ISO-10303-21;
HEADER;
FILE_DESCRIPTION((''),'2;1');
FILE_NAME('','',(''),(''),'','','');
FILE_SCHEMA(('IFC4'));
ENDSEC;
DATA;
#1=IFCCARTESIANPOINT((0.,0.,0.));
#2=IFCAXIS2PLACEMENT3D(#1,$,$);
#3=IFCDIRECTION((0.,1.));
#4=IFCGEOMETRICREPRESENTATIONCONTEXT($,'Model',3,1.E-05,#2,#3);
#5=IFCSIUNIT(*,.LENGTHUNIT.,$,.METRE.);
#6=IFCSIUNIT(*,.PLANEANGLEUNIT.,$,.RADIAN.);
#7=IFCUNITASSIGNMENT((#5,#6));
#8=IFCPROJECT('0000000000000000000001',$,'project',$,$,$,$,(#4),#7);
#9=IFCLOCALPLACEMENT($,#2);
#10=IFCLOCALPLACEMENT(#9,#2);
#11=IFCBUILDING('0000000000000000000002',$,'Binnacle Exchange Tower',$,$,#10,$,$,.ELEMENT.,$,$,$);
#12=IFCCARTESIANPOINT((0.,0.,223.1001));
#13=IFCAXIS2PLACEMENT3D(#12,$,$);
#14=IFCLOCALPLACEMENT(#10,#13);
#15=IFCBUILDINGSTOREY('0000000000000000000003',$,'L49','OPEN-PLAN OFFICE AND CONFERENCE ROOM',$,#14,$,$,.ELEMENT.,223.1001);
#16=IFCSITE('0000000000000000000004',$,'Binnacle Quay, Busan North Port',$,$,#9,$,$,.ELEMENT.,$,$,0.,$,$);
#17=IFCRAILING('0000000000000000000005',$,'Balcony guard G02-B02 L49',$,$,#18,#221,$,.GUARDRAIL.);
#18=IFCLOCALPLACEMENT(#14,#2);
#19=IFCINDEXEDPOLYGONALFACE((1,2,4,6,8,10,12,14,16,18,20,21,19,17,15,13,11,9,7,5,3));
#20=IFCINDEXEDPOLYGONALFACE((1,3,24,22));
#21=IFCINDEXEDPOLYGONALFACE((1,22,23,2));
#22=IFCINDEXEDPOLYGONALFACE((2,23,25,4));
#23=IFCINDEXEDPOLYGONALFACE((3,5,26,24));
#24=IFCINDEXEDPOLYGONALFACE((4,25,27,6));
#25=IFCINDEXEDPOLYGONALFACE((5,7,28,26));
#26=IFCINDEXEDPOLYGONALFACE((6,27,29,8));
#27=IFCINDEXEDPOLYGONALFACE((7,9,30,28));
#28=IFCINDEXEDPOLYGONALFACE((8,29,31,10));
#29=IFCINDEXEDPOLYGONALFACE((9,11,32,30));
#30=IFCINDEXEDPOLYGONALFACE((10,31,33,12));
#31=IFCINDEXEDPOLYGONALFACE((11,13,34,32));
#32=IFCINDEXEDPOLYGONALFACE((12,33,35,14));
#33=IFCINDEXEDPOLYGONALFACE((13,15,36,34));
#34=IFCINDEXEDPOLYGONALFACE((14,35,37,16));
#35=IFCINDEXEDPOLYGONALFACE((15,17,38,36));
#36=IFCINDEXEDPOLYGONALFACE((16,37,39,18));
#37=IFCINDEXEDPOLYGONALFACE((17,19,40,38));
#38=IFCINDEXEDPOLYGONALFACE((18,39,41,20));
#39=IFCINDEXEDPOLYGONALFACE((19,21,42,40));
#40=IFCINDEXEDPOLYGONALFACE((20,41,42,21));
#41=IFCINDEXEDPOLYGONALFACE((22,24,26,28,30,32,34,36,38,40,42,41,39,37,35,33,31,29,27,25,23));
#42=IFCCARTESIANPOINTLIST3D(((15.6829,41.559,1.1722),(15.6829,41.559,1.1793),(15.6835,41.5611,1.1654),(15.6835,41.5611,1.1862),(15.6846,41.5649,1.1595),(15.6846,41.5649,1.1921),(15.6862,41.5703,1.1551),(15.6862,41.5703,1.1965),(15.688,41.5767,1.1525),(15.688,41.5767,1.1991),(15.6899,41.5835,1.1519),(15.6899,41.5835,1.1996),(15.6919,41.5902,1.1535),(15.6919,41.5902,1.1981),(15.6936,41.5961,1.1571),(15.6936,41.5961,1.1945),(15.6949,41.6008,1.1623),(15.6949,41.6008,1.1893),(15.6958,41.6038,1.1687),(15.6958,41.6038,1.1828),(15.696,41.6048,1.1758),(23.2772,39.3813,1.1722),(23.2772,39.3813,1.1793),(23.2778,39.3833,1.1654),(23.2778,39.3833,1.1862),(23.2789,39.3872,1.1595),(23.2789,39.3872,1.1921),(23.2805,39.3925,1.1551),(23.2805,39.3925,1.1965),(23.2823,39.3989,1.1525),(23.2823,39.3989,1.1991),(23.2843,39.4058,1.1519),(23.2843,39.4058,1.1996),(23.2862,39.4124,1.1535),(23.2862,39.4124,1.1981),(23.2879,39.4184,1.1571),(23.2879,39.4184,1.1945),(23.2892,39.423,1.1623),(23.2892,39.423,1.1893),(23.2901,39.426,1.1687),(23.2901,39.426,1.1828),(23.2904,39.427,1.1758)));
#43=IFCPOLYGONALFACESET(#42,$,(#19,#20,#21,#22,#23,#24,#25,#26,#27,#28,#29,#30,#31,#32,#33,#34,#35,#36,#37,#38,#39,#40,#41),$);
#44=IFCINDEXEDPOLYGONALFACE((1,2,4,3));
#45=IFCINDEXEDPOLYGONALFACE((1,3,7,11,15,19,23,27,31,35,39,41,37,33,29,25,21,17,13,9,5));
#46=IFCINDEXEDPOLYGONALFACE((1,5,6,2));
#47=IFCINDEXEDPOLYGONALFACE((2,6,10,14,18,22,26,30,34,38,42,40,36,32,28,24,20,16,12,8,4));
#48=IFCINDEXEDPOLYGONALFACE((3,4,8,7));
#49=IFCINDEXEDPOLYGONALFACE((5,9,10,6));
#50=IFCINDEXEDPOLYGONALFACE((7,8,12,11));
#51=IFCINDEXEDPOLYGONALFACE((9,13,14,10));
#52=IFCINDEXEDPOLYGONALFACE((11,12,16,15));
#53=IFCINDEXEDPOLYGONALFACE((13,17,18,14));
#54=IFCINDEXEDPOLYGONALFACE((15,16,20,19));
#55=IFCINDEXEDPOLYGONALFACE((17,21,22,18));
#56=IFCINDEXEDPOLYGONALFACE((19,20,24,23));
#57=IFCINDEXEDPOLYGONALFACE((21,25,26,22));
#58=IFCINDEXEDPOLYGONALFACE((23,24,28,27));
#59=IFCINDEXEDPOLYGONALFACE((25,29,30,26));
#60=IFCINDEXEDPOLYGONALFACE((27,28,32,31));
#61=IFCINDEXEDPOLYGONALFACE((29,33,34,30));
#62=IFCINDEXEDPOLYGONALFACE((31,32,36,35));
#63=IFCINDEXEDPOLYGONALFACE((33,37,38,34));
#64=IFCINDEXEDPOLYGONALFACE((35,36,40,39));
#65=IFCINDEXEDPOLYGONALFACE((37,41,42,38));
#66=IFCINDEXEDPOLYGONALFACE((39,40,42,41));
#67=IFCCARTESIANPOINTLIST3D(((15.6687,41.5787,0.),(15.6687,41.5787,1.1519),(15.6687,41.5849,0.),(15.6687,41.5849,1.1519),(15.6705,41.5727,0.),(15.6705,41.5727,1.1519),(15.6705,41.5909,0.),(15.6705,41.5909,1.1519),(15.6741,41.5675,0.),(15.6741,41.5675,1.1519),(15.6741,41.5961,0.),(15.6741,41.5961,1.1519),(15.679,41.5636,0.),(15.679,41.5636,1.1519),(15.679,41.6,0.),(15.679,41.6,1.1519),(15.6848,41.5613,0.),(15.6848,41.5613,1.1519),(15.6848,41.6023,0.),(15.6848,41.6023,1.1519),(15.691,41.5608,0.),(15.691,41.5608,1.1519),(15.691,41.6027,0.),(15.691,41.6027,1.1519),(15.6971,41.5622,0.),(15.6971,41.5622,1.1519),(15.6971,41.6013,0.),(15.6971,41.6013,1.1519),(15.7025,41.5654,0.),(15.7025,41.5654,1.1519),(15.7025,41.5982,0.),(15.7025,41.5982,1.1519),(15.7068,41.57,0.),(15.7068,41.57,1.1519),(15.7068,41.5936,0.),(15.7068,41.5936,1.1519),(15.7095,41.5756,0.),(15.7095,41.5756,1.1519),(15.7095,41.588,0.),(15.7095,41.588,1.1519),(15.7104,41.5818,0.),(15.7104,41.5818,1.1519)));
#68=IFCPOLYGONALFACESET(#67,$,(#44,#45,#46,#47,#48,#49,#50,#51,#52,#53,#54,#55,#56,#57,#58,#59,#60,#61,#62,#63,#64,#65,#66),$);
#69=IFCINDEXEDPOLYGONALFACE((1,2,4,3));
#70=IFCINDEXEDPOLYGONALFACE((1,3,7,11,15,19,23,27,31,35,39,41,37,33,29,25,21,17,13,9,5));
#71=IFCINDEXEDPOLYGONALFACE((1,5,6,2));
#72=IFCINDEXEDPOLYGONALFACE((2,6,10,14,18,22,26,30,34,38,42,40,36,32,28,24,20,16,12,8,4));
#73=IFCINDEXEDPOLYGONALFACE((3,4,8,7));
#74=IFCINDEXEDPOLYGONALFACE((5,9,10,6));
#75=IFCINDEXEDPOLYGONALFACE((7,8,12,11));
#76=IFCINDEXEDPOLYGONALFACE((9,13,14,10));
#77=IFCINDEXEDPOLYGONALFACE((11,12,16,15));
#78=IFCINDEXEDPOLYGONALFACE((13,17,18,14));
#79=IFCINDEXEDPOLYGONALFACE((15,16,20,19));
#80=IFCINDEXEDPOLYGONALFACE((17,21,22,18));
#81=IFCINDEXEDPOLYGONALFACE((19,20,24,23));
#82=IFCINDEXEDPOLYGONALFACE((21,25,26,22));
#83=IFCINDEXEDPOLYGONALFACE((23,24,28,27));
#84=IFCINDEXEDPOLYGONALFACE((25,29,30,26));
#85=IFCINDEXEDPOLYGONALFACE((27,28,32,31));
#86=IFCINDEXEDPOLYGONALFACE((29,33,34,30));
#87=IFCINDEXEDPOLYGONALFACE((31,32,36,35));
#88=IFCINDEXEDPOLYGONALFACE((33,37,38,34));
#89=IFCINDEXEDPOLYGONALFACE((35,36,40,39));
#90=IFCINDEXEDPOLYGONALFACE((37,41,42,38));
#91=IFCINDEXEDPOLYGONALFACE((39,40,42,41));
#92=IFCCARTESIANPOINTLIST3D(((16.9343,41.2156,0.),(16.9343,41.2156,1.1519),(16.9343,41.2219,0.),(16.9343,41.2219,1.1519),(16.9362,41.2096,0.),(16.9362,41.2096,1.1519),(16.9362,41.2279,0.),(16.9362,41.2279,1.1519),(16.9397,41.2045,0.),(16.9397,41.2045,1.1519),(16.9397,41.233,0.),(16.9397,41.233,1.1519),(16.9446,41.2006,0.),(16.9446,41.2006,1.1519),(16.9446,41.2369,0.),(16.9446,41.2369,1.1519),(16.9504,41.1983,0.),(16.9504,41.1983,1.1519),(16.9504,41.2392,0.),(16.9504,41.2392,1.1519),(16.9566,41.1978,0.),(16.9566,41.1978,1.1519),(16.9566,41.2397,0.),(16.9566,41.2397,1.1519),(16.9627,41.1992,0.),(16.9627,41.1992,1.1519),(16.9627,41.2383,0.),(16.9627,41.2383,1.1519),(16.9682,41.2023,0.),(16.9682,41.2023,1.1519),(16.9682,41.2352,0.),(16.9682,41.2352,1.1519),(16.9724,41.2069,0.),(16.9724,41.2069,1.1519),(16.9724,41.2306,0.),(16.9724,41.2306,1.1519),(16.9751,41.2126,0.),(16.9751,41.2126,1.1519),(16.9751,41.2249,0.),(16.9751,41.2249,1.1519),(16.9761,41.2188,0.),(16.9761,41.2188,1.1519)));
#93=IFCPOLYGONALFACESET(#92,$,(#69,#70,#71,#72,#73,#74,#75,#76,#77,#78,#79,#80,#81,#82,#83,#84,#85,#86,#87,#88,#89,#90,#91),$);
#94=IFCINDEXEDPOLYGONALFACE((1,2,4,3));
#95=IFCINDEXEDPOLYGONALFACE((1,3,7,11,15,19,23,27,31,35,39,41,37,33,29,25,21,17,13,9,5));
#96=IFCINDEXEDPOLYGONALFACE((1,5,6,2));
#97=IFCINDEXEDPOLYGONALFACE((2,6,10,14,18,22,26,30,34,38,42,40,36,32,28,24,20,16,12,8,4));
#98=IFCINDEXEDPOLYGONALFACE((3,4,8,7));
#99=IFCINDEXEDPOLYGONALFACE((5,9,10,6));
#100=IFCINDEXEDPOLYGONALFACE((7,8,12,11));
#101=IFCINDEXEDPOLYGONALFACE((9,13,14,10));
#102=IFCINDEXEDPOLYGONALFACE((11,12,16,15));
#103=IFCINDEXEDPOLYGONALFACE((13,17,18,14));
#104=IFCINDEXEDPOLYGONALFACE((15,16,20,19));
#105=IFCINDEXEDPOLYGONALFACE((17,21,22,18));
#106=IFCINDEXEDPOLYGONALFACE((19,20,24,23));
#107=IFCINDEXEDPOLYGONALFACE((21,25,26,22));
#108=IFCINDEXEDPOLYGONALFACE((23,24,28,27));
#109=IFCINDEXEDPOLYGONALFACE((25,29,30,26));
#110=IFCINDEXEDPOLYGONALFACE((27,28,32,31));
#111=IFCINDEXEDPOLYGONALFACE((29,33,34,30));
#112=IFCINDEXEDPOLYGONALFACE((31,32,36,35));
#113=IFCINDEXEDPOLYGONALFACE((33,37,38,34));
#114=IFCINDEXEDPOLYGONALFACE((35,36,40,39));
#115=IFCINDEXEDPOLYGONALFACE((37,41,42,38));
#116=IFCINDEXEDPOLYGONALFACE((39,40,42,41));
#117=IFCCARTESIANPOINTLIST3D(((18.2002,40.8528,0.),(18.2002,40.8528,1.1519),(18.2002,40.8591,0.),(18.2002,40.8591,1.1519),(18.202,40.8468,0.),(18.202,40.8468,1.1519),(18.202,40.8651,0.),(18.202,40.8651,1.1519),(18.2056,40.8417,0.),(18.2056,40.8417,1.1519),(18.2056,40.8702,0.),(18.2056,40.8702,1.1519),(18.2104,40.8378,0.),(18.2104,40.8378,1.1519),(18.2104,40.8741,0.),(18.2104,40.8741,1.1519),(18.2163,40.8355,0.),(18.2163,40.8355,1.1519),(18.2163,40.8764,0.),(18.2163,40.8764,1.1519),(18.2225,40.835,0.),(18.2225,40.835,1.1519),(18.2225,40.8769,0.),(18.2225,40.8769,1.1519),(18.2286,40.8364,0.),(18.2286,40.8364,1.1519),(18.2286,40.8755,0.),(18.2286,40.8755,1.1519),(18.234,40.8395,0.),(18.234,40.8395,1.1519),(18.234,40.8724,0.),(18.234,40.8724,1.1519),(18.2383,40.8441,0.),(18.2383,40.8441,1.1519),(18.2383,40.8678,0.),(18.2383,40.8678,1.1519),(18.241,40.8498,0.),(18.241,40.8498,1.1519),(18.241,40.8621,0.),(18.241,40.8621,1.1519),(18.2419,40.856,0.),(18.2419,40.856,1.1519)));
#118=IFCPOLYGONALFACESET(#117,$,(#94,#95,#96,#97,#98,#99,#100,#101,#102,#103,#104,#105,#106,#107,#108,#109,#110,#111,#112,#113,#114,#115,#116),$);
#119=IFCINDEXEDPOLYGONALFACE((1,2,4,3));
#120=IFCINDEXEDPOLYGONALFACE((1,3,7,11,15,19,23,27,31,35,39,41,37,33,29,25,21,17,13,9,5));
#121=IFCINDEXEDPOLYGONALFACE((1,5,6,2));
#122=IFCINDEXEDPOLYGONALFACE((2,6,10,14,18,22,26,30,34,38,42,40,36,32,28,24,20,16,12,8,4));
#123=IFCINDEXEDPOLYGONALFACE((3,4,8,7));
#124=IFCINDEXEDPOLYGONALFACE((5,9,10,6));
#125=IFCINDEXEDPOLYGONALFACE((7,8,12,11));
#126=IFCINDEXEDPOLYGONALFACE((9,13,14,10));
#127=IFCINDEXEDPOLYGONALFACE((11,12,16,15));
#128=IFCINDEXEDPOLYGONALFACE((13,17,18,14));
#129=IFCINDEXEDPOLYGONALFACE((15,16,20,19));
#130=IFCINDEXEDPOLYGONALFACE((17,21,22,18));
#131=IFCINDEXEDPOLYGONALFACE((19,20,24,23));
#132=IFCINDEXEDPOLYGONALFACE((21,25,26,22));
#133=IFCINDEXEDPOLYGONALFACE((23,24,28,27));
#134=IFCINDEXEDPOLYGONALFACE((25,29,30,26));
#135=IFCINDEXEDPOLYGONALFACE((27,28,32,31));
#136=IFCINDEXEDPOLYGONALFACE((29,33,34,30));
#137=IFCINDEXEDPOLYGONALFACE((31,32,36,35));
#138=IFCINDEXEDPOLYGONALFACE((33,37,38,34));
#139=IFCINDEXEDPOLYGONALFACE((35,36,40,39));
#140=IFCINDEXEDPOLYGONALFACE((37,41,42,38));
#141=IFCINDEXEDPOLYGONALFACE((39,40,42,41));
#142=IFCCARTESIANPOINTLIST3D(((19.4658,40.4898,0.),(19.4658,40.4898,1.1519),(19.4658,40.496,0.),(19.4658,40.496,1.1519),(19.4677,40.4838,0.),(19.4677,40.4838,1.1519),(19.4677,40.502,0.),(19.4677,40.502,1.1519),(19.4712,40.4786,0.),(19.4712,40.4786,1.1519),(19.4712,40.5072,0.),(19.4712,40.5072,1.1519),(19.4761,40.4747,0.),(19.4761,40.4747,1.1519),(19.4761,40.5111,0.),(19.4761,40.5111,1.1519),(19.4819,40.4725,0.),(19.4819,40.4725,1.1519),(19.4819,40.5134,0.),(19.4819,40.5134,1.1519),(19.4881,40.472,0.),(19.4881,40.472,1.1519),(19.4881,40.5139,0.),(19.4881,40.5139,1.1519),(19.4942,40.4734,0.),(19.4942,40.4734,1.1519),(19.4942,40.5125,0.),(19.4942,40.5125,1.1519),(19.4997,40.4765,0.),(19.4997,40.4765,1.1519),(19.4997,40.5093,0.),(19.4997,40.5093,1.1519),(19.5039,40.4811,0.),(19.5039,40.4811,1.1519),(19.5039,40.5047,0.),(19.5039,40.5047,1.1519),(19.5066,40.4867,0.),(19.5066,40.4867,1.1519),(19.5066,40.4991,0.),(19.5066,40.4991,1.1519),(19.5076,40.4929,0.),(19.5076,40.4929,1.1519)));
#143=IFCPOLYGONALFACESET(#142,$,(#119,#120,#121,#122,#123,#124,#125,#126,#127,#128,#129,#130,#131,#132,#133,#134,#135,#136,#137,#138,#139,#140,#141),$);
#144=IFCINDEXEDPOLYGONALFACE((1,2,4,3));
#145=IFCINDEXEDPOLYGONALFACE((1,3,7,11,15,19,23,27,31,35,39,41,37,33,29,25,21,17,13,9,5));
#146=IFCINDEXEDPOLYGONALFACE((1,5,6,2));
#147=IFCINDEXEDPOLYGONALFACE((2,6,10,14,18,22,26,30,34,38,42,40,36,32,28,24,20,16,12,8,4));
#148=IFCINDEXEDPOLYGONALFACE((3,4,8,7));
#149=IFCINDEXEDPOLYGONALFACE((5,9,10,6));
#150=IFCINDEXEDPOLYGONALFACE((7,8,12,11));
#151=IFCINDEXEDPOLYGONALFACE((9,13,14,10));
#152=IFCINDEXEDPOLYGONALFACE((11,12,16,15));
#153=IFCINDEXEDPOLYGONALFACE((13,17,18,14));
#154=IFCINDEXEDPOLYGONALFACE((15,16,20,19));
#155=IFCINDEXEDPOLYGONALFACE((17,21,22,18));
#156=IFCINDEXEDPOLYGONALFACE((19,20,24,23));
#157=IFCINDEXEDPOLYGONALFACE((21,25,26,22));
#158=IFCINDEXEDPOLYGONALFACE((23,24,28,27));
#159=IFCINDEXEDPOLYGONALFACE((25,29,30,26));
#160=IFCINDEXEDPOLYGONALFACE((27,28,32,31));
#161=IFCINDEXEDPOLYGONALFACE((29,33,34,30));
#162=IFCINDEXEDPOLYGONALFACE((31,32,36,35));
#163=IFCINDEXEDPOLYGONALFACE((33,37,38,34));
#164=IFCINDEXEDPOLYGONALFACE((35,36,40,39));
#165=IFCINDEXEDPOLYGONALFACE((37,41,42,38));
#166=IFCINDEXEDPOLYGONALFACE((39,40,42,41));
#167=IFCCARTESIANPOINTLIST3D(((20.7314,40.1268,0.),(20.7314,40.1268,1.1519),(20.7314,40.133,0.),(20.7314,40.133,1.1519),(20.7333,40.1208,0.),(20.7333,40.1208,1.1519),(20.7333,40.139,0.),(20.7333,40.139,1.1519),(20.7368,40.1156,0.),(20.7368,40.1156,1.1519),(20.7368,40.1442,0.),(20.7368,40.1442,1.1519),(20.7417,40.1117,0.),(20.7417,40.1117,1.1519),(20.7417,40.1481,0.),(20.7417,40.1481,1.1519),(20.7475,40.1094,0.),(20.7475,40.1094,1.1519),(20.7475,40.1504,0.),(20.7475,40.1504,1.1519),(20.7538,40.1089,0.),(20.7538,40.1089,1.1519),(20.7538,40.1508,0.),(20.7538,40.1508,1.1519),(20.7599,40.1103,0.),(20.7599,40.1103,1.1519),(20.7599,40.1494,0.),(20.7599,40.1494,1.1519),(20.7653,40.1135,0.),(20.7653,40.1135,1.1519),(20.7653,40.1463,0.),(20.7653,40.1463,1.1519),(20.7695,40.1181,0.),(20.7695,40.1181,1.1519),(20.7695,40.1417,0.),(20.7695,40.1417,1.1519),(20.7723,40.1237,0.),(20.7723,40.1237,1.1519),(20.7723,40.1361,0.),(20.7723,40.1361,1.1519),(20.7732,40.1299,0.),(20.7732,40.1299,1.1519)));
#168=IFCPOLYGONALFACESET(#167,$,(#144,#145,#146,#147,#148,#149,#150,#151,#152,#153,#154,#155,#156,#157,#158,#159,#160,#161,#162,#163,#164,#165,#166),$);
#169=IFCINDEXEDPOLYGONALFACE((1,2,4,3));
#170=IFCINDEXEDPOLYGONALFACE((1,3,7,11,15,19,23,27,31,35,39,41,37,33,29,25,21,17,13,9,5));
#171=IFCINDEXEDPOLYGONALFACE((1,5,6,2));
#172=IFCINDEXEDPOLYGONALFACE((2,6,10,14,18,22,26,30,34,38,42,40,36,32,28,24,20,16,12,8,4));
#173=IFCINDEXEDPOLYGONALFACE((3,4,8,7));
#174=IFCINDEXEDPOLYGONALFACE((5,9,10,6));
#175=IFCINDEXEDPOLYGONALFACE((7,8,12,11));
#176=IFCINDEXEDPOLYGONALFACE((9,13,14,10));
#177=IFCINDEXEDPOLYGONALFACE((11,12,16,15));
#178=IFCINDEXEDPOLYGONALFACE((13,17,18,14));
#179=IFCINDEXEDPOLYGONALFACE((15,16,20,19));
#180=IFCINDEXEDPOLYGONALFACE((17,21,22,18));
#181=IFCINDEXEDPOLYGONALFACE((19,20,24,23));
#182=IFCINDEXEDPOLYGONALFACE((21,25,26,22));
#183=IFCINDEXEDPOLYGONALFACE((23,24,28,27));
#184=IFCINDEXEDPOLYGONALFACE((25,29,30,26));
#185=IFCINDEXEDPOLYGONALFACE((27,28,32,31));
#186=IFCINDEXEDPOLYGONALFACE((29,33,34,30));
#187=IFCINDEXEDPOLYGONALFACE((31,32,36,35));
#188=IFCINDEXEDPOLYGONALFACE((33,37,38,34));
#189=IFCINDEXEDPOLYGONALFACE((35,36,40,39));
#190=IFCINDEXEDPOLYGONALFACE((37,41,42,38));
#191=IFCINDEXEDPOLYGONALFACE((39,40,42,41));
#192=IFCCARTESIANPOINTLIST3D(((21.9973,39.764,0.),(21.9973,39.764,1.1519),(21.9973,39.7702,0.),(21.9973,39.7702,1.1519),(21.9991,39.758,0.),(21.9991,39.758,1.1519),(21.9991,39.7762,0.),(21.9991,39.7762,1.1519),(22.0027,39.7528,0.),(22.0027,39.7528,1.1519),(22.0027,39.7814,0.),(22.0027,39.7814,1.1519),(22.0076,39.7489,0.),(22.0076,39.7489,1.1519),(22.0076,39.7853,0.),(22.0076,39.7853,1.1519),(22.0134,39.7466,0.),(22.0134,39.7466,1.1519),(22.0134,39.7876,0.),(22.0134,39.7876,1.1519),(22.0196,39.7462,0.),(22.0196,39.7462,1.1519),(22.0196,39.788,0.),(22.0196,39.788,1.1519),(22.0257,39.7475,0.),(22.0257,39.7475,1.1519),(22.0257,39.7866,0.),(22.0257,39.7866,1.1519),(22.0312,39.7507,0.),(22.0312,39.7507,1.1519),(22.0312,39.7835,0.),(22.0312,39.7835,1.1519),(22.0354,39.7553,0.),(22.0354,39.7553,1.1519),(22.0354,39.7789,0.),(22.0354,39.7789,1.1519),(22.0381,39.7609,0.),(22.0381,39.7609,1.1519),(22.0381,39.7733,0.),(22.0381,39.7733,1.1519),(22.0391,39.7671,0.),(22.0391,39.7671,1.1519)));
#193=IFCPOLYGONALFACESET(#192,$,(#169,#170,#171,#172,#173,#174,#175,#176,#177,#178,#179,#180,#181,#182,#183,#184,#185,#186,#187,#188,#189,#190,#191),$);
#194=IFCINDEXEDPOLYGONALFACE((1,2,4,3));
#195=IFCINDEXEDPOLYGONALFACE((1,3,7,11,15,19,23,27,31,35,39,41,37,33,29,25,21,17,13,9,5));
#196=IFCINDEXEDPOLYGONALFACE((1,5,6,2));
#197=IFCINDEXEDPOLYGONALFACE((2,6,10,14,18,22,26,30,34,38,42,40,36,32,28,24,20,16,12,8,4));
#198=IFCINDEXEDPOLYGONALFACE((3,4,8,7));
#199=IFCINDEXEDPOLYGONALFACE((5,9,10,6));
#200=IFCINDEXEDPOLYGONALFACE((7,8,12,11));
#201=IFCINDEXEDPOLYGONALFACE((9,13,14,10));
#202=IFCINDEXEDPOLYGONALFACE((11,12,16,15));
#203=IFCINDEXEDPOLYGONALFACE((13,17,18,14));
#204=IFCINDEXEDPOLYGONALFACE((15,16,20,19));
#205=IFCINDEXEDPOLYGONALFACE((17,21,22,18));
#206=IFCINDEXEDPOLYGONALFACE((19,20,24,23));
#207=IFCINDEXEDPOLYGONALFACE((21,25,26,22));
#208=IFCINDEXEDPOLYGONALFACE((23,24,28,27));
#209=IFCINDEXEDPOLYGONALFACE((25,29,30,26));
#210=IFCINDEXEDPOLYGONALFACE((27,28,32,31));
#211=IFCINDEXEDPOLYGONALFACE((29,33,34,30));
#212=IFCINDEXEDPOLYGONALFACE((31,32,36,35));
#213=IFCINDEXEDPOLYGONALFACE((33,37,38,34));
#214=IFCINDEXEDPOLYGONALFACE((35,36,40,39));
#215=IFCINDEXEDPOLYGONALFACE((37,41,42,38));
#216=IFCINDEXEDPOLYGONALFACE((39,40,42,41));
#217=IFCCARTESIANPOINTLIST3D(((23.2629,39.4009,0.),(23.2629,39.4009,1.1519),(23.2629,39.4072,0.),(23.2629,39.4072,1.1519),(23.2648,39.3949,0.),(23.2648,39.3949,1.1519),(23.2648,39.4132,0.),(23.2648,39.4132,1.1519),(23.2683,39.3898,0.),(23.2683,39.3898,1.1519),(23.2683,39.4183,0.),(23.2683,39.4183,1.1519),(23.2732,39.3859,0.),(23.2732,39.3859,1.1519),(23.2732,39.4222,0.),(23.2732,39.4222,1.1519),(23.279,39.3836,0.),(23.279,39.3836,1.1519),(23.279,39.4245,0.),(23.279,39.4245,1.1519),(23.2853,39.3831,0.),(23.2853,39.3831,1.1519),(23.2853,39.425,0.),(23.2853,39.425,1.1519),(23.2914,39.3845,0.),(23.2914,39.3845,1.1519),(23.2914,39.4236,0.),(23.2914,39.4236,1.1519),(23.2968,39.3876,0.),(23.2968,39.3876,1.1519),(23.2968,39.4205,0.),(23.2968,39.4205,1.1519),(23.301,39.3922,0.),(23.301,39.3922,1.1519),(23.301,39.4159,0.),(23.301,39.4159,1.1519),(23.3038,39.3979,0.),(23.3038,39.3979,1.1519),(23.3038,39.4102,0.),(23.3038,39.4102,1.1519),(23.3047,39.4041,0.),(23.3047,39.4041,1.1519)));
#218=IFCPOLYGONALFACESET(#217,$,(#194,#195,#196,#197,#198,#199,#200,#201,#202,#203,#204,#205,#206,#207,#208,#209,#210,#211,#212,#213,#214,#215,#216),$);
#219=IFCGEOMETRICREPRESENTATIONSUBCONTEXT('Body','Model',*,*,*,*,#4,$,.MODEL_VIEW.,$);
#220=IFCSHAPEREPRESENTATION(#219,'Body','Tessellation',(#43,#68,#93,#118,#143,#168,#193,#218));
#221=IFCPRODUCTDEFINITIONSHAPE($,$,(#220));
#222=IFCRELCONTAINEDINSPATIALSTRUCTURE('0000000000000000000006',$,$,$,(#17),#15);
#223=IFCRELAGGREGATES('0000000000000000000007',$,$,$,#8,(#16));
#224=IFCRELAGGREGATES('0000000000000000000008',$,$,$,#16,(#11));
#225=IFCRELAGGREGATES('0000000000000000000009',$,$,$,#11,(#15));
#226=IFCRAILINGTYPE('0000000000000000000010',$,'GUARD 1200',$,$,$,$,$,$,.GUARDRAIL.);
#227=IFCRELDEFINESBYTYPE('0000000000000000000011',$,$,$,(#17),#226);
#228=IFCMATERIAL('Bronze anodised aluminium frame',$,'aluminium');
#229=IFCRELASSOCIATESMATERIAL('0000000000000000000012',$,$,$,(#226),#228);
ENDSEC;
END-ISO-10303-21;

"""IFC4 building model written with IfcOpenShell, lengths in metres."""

from ifc_helpers import new_model, si_unit, direction, frame, origin, origin_2d, place, context, subcontext, project, spatial, circle, extrude, material, type_object, element, save


model = new_model("IFC4")

# Units and contexts
model_context = context("Model", 3, precision=1e-05, world=origin(), true_north=direction((0.0, 1.0)))
body_context = subcontext(model_context, "Body", "Model", "MODEL_VIEW")
ifc_project = project(units=[si_unit("LENGTHUNIT", "METRE"), si_unit("PLANEANGLEUNIT", "RADIAN")], contexts=[model_context])

# Site, building, storey
site_placement = place(None, origin())
site = spatial("IfcSite", under=ifc_project, at=site_placement, Name="Binnacle Quay, Busan North Port", CompositionType="ELEMENT", RefElevation=0.0)
building_placement = place(site_placement, origin())
building = spatial("IfcBuilding", under=site, at=building_placement, Name="Binnacle Exchange Tower", CompositionType="ELEMENT")
storey_placement = place(building_placement, frame((0.0, 0.0, 223.1001)))
storey = spatial("IfcBuildingStorey", under=building, at=storey_placement, Name="L49", Description="OPEN-PLAN OFFICE AND CONFERENCE ROOM", CompositionType="ELEMENT", Elevation=223.1001)

# Shared definitions
ifc_material_1 = material(Name="Bronze anodised aluminium frame", Category="aluminium")

# Railing
railing_type = type_object("IfcRailingType", Name="GUARD 1200", PredefinedType="GUARDRAIL", material=ifc_material_1)
railing_1_placement = place(storey_placement, frame((15.6895, 41.5818, 0.0)))
element("IfcRailing", 1, at=railing_1_placement, inside=storey, type_object=railing_type, Name="Balcony guard G02-B02 L49", PredefinedType="GUARDRAIL", context=body_context, shape_type="SweptSolid", body=[
    extrude(circle(Radius=0.0239, at=origin_2d()), frame((0.0, 0.0, 1.1758), z_axis=(0.961258, -0.275652, 0.0), x_axis=(0.275652, 0.961258, 0.0)), (0.0, 0.0, 1.0), 7.9004),
    extrude(circle(Radius=0.021, at=origin_2d()), origin(), (0.0, 0.0, 1.0), 1.1519),
    extrude(circle(Radius=0.021, at=origin_2d()), frame((1.2656, -0.363, 0.0)), (0.0, 0.0, 1.0), 1.1519),
    extrude(circle(Radius=0.021, at=origin_2d()), frame((2.5315, -0.7258, 0.0)), (0.0, 0.0, 1.0), 1.1519),
    extrude(circle(Radius=0.021, at=origin_2d()), frame((3.7971, -1.0889, 0.0)), (0.0, 0.0, 1.0), 1.1519),
    extrude(circle(Radius=0.021, at=origin_2d()), frame((5.0627, -1.4519, 0.0)), (0.0, 0.0, 1.0), 1.1519),
    extrude(circle(Radius=0.021, at=origin_2d()), frame((6.3286, -1.8147, 0.0)), (0.0, 0.0, 1.0), 1.1519),
    extrude(circle(Radius=0.021, at=origin_2d()), frame((7.5942, -2.1777, 0.0)), (0.0, 0.0, 1.0), 1.1519),
])

save(model, "model.ifc")
